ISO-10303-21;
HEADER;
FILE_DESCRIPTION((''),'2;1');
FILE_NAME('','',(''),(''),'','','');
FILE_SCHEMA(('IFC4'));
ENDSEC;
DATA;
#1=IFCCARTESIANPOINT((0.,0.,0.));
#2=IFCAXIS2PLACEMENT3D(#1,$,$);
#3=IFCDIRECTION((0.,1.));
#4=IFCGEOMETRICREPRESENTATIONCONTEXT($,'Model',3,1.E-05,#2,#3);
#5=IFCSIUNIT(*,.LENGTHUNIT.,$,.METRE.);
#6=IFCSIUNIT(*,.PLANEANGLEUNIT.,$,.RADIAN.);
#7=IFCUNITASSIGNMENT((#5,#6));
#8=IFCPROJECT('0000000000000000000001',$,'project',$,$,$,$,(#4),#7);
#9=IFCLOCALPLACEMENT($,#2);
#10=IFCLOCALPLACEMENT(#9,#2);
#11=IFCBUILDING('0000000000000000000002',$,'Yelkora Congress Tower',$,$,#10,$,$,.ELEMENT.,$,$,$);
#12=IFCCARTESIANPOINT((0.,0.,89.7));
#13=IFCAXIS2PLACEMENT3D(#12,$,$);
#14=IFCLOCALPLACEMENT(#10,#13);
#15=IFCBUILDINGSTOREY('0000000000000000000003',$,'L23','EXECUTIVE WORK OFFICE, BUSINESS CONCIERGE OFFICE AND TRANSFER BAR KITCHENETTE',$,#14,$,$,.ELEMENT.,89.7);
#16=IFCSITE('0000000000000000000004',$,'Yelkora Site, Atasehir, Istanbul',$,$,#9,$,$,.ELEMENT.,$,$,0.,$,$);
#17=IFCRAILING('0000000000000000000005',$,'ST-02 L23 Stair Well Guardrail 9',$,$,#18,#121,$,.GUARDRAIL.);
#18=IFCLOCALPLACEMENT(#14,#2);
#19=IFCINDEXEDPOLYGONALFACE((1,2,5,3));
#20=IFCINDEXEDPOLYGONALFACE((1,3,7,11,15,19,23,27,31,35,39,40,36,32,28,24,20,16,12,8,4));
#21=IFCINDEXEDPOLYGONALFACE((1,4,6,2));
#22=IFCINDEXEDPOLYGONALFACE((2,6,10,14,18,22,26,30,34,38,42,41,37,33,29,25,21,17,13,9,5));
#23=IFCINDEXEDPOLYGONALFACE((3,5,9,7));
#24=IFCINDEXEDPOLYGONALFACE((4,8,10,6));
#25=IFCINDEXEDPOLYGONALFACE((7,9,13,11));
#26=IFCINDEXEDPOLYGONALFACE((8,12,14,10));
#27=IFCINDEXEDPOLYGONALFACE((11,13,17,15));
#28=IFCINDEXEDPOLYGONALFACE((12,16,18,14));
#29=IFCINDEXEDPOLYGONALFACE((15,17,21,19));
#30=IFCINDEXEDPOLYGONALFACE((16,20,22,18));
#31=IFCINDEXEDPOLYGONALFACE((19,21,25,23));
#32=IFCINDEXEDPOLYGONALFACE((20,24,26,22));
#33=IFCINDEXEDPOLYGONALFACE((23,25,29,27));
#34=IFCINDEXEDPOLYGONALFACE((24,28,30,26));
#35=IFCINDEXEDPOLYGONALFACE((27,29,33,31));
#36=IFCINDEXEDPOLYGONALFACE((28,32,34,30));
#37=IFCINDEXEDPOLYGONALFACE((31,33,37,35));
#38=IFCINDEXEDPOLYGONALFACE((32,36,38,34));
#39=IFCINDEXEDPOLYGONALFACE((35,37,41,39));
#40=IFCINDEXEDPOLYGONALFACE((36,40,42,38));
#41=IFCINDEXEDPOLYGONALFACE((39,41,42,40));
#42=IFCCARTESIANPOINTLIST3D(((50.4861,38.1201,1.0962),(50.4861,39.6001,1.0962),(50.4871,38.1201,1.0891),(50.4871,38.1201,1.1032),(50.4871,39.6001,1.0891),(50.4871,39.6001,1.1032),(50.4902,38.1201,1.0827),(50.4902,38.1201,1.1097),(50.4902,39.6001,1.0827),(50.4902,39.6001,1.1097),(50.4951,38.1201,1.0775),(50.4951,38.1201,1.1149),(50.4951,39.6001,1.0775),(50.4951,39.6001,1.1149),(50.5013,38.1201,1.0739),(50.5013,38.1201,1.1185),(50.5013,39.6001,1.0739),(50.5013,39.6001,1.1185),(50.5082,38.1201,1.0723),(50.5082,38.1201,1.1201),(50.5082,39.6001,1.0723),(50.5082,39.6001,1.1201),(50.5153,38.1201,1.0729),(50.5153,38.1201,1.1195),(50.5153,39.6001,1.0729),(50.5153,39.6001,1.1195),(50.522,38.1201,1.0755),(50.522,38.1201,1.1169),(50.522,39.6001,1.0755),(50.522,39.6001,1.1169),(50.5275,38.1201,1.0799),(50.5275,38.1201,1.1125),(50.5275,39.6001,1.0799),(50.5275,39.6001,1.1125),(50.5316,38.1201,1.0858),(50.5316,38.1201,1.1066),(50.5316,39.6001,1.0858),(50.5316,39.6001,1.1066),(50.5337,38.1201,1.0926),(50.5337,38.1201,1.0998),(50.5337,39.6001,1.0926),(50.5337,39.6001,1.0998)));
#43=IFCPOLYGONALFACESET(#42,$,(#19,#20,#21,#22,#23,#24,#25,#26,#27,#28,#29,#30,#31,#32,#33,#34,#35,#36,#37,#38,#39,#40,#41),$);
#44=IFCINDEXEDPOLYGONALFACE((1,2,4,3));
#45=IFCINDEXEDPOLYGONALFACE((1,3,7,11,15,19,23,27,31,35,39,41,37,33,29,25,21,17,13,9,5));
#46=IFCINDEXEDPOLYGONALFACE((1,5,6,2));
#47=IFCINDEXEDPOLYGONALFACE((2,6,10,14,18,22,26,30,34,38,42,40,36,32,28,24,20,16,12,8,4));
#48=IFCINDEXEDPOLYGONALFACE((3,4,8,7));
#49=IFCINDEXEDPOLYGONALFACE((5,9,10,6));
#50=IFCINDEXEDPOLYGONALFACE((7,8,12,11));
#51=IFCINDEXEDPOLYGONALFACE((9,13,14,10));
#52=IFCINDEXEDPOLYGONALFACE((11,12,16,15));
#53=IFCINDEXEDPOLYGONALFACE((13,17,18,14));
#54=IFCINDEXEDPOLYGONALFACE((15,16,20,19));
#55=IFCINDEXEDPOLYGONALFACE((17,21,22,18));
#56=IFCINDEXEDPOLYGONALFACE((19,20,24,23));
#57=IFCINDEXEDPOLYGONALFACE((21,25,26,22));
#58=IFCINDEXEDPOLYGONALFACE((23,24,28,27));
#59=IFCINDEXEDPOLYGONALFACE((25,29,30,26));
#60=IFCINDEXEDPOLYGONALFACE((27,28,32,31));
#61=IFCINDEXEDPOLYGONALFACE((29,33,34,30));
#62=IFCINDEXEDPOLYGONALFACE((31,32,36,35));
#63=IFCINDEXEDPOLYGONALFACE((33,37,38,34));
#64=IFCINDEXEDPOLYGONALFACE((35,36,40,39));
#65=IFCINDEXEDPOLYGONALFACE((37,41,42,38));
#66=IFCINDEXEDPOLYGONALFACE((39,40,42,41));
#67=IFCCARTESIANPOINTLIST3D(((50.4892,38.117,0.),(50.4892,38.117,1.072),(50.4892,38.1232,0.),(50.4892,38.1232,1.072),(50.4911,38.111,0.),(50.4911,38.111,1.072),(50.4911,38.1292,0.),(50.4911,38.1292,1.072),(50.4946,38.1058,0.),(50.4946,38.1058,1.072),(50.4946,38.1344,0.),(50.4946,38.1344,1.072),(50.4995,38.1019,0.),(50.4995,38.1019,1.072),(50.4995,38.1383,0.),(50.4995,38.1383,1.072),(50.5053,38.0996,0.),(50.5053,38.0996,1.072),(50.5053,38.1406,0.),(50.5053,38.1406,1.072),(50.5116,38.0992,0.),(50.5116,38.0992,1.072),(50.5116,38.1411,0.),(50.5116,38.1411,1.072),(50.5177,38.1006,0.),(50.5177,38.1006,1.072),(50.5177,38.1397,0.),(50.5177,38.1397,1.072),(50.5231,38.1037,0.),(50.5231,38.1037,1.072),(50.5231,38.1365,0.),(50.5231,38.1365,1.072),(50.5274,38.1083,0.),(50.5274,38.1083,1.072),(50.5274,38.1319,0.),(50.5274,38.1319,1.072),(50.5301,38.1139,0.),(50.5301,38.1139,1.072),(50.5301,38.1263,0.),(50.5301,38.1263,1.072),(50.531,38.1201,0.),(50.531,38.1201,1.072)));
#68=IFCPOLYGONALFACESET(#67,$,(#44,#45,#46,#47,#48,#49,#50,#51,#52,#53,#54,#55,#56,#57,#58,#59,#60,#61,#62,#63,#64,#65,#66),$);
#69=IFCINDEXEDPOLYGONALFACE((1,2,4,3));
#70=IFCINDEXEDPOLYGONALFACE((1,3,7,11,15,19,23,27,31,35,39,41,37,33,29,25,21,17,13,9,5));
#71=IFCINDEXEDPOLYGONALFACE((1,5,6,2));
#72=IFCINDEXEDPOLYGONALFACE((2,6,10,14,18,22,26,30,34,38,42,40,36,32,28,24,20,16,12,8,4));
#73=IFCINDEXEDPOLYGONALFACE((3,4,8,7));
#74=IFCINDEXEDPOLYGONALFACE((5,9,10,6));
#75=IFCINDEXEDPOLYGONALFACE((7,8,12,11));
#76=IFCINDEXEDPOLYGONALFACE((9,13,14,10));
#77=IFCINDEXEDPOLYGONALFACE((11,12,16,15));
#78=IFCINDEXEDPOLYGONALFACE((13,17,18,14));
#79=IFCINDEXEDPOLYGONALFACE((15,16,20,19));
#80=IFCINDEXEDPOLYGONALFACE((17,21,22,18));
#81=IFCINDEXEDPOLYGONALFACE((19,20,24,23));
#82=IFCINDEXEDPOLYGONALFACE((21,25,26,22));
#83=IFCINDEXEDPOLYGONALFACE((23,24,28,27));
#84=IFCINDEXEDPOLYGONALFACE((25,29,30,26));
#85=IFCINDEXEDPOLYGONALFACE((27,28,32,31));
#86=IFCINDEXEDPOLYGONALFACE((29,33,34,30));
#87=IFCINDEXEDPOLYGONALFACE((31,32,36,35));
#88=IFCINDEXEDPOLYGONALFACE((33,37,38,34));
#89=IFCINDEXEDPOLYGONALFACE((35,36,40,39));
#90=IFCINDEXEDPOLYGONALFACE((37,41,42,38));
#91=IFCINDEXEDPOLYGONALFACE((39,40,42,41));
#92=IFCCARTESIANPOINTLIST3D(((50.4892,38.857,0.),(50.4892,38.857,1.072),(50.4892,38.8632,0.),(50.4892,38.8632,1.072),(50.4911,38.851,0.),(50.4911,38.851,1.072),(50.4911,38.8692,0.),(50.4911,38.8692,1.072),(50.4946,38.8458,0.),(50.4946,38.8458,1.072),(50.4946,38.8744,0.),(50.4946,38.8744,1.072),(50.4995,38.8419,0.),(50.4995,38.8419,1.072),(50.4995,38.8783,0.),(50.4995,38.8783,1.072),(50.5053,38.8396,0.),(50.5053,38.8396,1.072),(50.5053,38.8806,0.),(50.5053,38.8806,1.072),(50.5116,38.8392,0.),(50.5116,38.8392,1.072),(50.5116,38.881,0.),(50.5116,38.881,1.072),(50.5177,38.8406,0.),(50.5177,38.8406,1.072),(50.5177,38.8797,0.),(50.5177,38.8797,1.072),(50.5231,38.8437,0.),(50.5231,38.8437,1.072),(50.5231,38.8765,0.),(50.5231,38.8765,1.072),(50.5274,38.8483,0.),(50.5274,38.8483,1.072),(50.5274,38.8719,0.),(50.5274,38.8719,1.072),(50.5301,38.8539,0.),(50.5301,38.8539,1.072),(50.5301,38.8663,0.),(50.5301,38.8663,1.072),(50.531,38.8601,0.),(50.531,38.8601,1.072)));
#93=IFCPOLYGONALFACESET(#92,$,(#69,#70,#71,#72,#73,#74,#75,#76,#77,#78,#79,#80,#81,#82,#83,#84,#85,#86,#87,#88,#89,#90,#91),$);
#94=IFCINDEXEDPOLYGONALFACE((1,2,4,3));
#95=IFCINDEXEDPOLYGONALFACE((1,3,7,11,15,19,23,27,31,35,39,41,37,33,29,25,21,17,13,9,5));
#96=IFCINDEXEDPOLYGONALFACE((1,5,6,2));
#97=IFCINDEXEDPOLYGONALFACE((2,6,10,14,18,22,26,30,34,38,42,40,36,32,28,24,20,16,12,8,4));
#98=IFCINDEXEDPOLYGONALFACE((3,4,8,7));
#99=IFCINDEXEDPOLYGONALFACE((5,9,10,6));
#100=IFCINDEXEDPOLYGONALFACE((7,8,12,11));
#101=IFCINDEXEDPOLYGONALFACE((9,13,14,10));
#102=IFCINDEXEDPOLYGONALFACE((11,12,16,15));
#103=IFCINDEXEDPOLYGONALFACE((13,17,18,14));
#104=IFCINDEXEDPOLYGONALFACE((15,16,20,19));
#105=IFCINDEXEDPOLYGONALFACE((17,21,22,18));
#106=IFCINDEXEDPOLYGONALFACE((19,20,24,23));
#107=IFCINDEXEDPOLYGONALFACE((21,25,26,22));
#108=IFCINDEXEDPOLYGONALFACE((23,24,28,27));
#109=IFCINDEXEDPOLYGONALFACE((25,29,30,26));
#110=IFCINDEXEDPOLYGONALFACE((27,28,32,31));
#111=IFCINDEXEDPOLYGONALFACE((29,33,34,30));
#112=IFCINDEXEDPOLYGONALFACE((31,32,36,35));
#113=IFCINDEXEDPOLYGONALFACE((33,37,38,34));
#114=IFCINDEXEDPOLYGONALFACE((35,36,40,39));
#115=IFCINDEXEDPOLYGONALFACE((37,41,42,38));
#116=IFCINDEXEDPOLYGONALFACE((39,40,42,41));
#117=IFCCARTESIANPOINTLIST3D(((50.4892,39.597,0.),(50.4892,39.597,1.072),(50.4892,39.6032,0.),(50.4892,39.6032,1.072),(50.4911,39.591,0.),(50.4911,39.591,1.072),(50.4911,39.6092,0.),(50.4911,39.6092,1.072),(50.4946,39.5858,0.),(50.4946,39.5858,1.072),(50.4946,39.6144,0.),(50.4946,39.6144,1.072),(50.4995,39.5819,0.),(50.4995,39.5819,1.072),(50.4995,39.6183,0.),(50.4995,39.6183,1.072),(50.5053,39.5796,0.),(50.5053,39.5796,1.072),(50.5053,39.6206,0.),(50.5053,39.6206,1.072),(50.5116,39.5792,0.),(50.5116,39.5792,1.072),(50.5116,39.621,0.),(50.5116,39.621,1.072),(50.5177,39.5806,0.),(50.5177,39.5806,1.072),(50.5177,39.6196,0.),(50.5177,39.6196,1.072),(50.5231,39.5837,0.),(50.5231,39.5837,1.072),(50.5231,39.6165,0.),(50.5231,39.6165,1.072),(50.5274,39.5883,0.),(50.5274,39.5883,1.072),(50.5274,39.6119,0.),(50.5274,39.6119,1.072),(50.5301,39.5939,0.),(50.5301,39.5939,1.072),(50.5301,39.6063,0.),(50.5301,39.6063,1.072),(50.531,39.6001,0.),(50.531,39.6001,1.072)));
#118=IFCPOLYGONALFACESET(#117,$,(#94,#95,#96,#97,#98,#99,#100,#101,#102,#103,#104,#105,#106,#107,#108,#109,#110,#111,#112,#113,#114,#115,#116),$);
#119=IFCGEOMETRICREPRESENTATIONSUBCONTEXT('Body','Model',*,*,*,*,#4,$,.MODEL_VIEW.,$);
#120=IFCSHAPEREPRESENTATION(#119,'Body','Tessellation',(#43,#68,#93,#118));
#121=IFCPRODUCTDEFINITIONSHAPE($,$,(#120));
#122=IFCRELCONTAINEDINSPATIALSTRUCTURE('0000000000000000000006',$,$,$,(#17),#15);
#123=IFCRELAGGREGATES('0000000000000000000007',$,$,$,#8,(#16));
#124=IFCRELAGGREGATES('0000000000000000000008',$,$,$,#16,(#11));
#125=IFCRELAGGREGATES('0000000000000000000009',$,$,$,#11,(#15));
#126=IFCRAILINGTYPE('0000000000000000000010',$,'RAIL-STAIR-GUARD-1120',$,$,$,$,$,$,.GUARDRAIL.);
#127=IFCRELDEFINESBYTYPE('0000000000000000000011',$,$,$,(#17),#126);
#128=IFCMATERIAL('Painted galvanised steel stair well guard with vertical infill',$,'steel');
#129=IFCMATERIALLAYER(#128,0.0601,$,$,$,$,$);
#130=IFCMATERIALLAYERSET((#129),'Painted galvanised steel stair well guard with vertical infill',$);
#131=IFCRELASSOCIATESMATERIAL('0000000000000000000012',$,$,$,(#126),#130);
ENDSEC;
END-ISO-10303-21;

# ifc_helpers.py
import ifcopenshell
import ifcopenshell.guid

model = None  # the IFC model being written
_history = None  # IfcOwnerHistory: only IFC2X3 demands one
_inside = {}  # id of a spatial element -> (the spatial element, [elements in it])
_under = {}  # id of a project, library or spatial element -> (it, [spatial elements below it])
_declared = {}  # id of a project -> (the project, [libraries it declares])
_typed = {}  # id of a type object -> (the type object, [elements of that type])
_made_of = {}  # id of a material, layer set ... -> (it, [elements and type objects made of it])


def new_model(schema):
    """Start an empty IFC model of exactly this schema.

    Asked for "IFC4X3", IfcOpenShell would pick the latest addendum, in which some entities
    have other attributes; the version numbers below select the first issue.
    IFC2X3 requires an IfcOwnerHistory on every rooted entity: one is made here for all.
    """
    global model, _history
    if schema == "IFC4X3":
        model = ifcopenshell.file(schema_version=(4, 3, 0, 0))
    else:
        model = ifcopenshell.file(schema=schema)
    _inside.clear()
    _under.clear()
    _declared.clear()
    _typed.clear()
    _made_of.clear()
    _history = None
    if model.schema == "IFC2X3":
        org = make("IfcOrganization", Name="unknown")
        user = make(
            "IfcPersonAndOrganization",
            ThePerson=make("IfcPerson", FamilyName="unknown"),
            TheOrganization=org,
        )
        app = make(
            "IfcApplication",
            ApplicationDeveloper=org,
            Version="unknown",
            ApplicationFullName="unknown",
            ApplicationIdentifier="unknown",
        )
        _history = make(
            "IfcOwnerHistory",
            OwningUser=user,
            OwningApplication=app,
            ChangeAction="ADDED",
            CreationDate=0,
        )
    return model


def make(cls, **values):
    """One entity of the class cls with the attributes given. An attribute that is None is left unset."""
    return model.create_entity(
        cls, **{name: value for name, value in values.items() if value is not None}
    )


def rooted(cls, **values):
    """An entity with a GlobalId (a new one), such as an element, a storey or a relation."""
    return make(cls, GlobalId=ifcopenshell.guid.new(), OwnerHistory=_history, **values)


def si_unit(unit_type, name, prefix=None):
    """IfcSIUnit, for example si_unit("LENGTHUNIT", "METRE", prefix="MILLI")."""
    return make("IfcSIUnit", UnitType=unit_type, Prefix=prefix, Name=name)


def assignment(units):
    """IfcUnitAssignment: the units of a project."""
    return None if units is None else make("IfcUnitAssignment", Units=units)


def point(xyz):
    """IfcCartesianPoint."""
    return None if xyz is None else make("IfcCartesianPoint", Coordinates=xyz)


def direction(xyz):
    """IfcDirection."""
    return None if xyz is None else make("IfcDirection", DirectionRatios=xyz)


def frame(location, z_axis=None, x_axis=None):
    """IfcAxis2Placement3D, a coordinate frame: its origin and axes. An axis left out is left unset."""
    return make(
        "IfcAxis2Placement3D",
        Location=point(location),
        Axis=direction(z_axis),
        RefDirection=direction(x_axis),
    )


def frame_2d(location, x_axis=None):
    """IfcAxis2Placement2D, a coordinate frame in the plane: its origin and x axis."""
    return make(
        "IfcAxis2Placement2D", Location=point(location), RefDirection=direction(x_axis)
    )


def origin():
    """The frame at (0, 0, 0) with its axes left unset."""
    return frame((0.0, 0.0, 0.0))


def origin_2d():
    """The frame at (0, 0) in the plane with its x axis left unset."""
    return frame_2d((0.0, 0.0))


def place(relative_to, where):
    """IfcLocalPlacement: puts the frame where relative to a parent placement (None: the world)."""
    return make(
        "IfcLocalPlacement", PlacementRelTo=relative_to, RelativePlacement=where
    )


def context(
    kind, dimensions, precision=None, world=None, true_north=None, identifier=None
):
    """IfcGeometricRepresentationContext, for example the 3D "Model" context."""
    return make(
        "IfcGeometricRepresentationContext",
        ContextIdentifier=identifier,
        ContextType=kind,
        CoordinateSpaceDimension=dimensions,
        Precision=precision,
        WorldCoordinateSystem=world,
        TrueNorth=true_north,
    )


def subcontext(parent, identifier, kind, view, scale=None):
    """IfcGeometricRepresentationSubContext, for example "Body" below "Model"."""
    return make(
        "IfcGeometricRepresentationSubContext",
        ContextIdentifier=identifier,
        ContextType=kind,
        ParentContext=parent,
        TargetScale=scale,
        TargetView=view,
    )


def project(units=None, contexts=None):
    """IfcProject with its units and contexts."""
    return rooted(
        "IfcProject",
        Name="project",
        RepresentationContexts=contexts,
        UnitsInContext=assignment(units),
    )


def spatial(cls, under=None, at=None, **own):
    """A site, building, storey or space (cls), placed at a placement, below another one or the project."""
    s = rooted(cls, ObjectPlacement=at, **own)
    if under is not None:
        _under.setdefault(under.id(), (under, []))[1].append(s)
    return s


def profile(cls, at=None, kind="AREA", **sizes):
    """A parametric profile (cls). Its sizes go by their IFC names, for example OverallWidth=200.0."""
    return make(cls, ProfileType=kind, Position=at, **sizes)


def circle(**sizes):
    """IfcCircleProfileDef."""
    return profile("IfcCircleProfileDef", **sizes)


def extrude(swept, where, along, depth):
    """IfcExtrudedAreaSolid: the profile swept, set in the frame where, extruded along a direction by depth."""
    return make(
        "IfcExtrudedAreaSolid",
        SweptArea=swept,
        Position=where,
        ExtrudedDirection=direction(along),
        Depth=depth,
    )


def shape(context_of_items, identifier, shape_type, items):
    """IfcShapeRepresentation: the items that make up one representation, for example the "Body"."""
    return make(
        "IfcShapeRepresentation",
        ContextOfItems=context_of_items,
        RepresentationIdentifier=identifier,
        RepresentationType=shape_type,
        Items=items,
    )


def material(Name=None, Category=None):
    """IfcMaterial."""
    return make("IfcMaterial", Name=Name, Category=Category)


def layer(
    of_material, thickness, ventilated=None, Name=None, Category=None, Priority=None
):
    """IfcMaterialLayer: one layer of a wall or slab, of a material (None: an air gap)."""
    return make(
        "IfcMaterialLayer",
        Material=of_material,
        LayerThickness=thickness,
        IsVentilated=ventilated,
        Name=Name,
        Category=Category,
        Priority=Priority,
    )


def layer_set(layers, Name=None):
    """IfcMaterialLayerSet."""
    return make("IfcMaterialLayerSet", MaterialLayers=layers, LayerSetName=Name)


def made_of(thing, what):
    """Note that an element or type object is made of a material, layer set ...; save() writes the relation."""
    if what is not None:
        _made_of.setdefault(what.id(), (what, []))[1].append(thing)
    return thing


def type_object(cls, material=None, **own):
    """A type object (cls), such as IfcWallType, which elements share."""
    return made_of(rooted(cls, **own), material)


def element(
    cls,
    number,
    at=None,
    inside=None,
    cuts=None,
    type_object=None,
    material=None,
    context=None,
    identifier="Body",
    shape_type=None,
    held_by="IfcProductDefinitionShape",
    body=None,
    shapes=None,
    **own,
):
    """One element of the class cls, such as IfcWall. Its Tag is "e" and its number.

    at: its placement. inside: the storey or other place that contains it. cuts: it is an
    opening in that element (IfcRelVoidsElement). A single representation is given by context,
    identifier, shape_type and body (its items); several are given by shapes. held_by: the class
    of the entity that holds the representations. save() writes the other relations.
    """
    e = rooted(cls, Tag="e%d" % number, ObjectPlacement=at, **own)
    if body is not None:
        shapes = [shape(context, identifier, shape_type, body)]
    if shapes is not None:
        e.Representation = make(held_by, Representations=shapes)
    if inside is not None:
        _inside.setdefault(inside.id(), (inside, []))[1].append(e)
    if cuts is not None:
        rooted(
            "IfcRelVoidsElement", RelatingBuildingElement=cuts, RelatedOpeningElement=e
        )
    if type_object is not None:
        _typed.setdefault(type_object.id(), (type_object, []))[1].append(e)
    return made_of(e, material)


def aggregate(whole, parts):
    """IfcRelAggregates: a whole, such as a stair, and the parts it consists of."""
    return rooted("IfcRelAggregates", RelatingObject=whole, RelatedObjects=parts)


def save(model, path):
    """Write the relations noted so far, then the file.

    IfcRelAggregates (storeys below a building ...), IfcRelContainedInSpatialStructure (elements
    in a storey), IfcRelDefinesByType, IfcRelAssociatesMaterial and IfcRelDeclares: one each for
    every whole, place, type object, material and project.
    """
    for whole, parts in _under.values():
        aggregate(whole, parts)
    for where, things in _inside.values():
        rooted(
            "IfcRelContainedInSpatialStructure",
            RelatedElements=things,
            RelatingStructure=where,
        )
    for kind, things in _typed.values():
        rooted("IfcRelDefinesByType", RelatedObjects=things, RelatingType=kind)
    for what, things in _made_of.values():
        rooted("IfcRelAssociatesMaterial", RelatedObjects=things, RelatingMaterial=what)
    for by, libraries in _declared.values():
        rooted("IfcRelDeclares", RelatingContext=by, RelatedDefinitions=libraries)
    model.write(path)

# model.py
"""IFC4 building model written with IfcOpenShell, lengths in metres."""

from ifc_helpers import new_model, si_unit, direction, frame, origin, origin_2d, place, context, subcontext, project, spatial, circle, extrude, material, layer, layer_set, type_object, element, save


model = new_model("IFC4")

# Units and contexts
model_context = context("Model", 3, precision=1e-05, world=origin(), true_north=direction((0.0, 1.0)))
body_context = subcontext(model_context, "Body", "Model", "MODEL_VIEW")
ifc_project = project(units=[si_unit("LENGTHUNIT", "METRE"), si_unit("PLANEANGLEUNIT", "RADIAN")], contexts=[model_context])

# Site, building, storey
site_placement = place(None, origin())
site = spatial("IfcSite", under=ifc_project, at=site_placement, Name="Yelkora Site, Atasehir, Istanbul", CompositionType="ELEMENT", RefElevation=0.0)
building_placement = place(site_placement, origin())
building = spatial("IfcBuilding", under=site, at=building_placement, Name="Yelkora Congress Tower", CompositionType="ELEMENT")
storey_placement = place(building_placement, frame((0.0, 0.0, 89.7)))
storey = spatial("IfcBuildingStorey", under=building, at=storey_placement, Name="L23", Description="EXECUTIVE WORK OFFICE, BUSINESS CONCIERGE OFFICE AND TRANSFER BAR KITCHENETTE", CompositionType="ELEMENT", Elevation=89.7)

# Railing
ifc_material_1 = material(Name="Painted galvanised steel stair well guard with vertical infill", Category="steel")
ifc_layer_1 = layer(ifc_material_1, 0.0601)
ifc_layer_set_1 = layer_set([ifc_layer_1], Name="Painted galvanised steel stair well guard with vertical infill")
railing_type_1 = type_object("IfcRailingType", Name="RAIL-STAIR-GUARD-1120", PredefinedType="GUARDRAIL", material=ifc_layer_set_1)
for number, where, name in (
    (1, (50.51, 38.1201, 0.0), "ST-02 L23 Stair Well Guardrail 9"),
):
    element("IfcRailing", number, at=place(storey_placement, frame(where)), inside=storey, type_object=railing_type_1, Name=name, PredefinedType="GUARDRAIL", context=body_context, shape_type="SweptSolid", body=[
        extrude(circle(Radius=0.0239, at=origin_2d()), frame((0.0, 0.0, 1.0962), z_axis=(0.0, 1.0, 0.0), x_axis=(-1.0, 0.0, 0.0)), (0.0, 0.0, 1.0), 1.48),
        extrude(circle(Radius=0.021, at=origin_2d()), origin(), (0.0, 0.0, 1.0), 1.072),
        extrude(circle(Radius=0.021, at=origin_2d()), frame((0.0, 0.74, 0.0)), (0.0, 0.0, 1.0), 1.072),
        extrude(circle(Radius=0.021, at=origin_2d()), frame((0.0, 1.48, 0.0)), (0.0, 0.0, 1.0), 1.072),
    ])

save(model, "model.ifc")
